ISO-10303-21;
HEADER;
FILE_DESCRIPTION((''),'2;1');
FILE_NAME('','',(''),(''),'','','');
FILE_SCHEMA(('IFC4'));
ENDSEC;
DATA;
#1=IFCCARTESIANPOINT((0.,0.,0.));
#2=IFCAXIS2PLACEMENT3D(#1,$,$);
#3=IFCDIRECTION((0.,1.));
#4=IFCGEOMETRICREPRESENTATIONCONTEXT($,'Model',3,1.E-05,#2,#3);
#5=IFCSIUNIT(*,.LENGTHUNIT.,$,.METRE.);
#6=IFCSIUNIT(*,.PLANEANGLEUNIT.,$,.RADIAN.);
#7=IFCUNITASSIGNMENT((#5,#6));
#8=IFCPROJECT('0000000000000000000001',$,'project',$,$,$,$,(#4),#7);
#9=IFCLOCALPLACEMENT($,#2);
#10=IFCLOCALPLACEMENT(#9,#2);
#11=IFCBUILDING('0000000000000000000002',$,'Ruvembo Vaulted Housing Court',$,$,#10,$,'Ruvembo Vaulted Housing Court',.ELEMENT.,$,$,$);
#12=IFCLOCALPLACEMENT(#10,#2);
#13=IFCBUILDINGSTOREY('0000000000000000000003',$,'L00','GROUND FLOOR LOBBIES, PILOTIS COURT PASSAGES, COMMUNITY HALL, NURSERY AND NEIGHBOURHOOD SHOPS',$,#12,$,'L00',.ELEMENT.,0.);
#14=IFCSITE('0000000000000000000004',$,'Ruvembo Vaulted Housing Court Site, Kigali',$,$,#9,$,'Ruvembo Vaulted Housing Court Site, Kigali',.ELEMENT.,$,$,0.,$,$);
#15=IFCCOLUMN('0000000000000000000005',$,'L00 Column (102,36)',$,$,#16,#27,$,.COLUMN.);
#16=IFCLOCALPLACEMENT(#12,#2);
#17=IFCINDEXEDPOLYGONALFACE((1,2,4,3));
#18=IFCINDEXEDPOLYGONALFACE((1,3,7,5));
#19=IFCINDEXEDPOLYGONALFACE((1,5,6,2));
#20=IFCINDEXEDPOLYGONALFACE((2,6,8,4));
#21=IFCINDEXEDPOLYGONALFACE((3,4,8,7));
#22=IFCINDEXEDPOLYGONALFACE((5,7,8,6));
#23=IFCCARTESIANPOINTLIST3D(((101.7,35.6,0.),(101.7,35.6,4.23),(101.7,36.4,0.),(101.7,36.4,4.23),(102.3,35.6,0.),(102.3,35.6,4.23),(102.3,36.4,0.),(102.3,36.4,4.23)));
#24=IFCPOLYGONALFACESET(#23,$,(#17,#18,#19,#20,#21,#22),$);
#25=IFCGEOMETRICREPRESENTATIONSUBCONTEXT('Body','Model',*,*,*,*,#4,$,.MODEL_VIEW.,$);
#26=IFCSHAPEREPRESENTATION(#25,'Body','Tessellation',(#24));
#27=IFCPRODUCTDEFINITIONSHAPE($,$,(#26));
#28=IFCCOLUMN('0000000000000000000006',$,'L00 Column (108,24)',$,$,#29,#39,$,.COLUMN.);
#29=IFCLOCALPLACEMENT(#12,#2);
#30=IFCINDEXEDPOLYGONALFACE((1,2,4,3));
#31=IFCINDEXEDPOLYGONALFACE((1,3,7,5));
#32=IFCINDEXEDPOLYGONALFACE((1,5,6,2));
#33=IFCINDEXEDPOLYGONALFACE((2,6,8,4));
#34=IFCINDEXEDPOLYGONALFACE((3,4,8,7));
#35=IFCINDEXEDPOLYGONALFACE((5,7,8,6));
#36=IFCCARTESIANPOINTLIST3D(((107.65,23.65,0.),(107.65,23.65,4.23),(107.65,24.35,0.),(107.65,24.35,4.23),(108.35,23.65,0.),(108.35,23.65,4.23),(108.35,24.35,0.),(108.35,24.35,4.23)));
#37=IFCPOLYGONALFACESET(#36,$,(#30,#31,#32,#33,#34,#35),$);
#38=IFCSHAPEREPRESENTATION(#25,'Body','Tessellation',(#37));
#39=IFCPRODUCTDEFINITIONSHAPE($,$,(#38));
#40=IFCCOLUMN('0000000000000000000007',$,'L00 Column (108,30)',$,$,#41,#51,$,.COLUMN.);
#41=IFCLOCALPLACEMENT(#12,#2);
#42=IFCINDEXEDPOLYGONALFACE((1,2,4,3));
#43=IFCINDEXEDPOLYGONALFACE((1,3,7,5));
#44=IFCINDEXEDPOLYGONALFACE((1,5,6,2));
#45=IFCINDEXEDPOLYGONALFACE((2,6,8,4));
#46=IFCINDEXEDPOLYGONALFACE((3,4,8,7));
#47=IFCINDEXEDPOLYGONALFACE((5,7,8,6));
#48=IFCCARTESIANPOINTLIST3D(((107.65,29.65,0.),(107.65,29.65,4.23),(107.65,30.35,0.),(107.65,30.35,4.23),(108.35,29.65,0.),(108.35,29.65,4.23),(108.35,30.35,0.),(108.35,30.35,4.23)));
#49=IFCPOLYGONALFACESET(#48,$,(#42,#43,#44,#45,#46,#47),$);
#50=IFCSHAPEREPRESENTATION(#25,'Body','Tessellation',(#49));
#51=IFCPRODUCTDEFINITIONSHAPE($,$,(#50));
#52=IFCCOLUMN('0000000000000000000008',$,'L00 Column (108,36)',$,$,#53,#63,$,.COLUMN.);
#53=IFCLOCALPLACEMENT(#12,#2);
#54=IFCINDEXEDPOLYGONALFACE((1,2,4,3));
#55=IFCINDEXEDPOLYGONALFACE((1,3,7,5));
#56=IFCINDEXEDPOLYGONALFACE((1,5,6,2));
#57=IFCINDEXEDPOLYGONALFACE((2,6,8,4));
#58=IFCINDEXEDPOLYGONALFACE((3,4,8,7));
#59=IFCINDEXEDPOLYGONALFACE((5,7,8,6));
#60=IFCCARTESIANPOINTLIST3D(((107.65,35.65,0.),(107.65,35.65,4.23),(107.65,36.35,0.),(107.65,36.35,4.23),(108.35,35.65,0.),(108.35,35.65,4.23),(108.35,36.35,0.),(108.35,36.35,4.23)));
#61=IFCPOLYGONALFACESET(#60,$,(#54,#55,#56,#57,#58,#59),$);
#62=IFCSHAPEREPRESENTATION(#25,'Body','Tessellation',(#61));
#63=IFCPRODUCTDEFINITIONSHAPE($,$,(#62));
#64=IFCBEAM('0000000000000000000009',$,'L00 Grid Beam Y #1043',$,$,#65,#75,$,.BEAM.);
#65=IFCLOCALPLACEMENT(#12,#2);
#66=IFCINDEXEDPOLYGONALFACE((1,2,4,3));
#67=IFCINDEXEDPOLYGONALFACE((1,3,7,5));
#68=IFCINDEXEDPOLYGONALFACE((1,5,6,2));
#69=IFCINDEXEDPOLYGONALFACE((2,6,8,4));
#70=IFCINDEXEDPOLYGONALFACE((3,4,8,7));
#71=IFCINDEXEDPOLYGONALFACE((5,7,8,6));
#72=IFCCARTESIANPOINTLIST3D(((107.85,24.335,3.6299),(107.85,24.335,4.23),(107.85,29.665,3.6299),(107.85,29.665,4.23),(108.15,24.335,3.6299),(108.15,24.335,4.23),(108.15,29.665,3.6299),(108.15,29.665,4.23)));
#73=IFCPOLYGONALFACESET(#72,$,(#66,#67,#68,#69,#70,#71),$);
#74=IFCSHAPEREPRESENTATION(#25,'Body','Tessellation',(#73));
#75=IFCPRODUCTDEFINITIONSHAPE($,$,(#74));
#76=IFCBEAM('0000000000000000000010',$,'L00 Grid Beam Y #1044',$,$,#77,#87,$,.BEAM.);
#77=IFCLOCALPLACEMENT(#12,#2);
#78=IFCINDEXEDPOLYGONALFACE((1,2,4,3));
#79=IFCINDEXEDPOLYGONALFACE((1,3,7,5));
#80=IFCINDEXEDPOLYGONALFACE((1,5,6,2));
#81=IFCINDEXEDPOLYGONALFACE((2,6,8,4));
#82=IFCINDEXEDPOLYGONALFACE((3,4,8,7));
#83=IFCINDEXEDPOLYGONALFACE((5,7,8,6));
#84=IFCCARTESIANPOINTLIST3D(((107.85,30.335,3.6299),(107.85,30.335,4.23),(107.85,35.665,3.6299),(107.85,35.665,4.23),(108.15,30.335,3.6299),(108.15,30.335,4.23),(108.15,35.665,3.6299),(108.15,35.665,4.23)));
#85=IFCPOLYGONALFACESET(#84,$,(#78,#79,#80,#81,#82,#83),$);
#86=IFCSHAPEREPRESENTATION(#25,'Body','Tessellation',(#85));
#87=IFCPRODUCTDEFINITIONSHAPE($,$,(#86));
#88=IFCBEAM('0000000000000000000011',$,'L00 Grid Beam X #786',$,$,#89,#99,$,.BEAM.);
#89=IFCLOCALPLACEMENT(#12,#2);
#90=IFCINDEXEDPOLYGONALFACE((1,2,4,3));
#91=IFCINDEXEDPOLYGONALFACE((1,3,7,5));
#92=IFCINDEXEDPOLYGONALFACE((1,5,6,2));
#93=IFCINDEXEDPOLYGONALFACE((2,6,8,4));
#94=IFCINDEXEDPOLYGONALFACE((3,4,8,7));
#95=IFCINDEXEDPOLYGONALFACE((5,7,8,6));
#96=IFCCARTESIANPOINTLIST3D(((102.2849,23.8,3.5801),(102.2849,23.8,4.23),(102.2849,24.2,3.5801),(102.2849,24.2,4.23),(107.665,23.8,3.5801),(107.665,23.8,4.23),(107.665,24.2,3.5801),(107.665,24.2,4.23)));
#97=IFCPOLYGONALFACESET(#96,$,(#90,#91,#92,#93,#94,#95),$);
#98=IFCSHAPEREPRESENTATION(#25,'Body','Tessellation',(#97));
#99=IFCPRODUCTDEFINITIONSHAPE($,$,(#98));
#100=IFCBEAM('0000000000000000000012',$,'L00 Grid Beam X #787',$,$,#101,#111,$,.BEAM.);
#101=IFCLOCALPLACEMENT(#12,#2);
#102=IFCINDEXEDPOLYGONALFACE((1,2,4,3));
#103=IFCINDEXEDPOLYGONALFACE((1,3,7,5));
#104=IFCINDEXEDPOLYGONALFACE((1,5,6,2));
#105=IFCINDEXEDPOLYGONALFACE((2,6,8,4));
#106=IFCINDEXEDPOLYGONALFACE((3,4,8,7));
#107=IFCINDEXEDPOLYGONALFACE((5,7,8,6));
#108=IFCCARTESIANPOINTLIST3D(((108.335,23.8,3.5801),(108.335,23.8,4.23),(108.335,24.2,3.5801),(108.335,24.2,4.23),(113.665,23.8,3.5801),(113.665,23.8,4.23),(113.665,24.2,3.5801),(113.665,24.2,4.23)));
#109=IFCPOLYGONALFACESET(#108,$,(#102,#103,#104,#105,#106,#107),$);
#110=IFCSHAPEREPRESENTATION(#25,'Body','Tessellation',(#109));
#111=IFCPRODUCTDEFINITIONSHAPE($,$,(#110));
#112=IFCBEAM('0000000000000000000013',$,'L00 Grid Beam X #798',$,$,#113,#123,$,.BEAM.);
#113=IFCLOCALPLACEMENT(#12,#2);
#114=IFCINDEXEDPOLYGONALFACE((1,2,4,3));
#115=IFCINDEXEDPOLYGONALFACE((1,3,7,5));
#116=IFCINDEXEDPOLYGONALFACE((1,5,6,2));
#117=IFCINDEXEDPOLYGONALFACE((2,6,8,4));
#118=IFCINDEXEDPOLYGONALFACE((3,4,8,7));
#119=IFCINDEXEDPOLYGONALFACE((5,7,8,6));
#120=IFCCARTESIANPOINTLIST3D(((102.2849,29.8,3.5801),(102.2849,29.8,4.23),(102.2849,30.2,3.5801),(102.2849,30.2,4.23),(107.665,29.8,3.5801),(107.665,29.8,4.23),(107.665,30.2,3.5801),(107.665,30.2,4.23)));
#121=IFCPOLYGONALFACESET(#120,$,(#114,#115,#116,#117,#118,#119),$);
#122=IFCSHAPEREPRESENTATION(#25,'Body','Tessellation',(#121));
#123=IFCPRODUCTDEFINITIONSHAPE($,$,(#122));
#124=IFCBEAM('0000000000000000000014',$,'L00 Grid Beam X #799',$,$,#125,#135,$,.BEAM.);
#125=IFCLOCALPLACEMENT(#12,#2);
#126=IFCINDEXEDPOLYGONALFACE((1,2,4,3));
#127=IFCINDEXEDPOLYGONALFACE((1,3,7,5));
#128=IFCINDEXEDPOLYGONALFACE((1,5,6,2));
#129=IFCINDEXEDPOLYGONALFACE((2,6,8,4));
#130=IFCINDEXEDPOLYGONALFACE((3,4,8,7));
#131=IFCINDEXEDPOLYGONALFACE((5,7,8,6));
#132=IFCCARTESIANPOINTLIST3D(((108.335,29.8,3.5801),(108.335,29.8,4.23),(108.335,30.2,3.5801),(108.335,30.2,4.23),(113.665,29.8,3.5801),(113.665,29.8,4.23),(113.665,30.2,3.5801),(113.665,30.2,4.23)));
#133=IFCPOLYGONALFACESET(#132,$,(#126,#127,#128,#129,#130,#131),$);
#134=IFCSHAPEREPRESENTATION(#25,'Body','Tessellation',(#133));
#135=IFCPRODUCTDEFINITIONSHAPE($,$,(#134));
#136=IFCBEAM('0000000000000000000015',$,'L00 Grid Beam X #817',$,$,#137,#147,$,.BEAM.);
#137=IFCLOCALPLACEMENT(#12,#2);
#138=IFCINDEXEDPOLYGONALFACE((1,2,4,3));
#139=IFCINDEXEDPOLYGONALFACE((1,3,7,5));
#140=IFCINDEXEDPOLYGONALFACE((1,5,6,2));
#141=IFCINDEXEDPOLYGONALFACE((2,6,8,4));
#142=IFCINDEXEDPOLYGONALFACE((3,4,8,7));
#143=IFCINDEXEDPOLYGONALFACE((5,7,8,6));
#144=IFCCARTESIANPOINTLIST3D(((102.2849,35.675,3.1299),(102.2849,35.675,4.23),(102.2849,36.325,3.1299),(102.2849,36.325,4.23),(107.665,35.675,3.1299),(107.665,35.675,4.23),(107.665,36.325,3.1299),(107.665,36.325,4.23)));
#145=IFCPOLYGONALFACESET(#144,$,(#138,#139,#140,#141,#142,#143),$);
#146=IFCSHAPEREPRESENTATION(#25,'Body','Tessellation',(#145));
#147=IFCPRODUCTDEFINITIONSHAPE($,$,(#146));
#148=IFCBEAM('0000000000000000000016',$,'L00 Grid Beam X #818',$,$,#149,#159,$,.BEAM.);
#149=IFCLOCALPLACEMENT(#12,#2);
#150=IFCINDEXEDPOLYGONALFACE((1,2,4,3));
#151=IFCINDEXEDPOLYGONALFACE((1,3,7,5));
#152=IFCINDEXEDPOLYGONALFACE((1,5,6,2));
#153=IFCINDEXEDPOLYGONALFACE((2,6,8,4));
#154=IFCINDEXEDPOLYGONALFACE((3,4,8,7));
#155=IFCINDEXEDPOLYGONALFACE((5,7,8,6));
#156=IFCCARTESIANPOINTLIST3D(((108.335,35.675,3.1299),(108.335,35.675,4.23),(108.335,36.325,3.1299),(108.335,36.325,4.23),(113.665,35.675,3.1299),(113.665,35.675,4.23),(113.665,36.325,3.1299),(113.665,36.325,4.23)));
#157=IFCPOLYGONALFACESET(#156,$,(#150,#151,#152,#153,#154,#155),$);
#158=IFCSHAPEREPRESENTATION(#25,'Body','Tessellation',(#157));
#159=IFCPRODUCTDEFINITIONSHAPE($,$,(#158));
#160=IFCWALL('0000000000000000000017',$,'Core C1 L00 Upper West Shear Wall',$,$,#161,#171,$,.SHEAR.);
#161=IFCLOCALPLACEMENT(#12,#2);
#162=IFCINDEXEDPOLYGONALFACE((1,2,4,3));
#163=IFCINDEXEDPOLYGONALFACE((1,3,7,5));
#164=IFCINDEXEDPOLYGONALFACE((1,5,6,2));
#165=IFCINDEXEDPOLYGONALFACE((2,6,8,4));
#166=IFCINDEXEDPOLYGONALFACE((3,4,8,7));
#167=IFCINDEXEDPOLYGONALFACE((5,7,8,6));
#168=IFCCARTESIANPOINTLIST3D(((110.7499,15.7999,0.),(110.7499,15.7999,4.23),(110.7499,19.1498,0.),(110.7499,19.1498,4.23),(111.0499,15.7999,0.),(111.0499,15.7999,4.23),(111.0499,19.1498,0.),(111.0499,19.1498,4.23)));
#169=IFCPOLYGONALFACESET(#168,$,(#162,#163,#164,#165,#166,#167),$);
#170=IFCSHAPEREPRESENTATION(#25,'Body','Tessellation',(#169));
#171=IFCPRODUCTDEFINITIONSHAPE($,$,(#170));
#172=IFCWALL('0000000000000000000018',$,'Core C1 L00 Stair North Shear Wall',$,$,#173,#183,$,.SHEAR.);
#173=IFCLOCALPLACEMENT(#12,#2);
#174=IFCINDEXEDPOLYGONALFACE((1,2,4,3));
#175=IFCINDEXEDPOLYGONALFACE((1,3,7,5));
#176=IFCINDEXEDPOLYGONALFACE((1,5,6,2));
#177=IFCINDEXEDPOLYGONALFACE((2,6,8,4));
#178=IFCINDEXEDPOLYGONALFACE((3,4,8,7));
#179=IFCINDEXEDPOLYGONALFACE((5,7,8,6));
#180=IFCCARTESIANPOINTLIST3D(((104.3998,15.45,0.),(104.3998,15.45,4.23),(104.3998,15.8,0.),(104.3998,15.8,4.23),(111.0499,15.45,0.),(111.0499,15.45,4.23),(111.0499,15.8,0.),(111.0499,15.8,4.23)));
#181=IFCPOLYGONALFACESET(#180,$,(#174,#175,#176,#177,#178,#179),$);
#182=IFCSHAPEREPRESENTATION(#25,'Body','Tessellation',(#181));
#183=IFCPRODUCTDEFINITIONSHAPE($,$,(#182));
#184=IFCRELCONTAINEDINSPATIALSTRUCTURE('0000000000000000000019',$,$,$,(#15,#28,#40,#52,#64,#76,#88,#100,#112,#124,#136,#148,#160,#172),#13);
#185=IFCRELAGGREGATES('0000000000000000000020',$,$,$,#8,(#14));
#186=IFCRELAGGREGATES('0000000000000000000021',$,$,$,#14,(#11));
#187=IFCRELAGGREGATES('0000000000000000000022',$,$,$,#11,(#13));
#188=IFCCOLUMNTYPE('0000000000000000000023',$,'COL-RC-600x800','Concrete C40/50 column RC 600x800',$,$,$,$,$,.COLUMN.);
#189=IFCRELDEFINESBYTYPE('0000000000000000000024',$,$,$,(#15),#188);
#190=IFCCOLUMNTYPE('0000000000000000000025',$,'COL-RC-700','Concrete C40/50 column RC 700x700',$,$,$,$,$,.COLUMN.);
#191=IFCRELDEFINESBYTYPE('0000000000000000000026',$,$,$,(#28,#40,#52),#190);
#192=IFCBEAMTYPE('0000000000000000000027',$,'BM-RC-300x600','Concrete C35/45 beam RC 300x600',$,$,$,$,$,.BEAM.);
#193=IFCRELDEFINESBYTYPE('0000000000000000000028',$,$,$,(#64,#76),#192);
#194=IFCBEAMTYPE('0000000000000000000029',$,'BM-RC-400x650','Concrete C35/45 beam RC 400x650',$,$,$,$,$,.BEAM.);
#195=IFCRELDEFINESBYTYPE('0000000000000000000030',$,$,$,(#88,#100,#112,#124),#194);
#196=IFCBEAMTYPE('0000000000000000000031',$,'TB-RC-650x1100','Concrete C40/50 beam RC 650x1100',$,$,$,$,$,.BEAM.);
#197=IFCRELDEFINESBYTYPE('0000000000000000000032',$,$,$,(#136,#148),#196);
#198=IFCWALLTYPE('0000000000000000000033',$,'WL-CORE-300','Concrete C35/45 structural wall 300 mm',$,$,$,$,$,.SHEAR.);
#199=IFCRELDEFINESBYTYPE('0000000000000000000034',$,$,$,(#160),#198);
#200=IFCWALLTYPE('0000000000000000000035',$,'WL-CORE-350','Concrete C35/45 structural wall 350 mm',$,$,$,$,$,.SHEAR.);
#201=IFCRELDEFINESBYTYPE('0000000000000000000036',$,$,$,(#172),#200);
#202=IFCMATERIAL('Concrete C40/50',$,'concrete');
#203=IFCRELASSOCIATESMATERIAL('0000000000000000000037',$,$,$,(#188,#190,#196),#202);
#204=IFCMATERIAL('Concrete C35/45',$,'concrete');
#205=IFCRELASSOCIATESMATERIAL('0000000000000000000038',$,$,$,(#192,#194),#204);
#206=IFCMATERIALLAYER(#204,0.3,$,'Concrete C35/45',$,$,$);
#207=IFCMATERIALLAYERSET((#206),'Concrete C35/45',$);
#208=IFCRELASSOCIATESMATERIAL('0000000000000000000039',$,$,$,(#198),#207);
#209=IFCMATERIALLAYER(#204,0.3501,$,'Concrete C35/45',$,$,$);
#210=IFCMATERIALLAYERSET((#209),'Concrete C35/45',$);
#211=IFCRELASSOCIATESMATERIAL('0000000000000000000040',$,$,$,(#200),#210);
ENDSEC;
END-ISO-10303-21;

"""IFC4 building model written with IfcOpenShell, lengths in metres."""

from ifc_helpers import new_model, si_unit, direction, frame, frame_2d, origin, origin_2d, place, context, subcontext, project, spatial, rectangle, extrude, material, layer, layer_set, material_profile, profile_set, type_object, element, save


model = new_model("IFC4")

# Units and contexts
model_context = context("Model", 3, precision=1e-05, world=origin(), true_north=direction((0.0, 1.0)))
body_context = subcontext(model_context, "Body", "Model", "MODEL_VIEW")
ifc_project = project(units=[si_unit("LENGTHUNIT", "METRE"), si_unit("PLANEANGLEUNIT", "RADIAN")], contexts=[model_context])

# Site, building, storey
site_placement = place(None, origin())
site = spatial("IfcSite", under=ifc_project, at=site_placement, Name="Ruvembo Vaulted Housing Court Site, Kigali", LongName="Ruvembo Vaulted Housing Court Site, Kigali", CompositionType="ELEMENT", RefElevation=0.0)
building_placement = place(site_placement, origin())
building = spatial("IfcBuilding", under=site, at=building_placement, Name="Ruvembo Vaulted Housing Court", LongName="Ruvembo Vaulted Housing Court", CompositionType="ELEMENT")
storey_placement = place(building_placement, origin())
storey = spatial("IfcBuildingStorey", under=building, at=storey_placement, Name="L00", Description="GROUND FLOOR LOBBIES, PILOTIS COURT PASSAGES, COMMUNITY HALL, NURSERY AND NEIGHBOURHOOD SHOPS", LongName="L00", CompositionType="ELEMENT", Elevation=0.0)

# Columns
ifc_material_1 = material(Name="Concrete C40/50", Category="concrete")
ifc_material_profile_1 = material_profile(ifc_material_1, rectangle(XDim=0.6001, YDim=0.8, at=origin_2d()), Name="RC 600x800")
ifc_profile_set_1 = profile_set([ifc_material_profile_1], Name="Concrete C40/50")
column_type_1 = type_object("IfcColumnType", Name="COL-RC-600x800", Description="Concrete C40/50 column RC 600x800", PredefinedType="COLUMN", material=ifc_profile_set_1)
column_placement = place(storey_placement, frame((102.0, 36.0, 0.0), z_axis=(0.0, 0.0, 1.0), x_axis=(1.0, 0.0, 0.0)))
element("IfcColumn", 1, at=column_placement, inside=storey, type_object=column_type_1, Name="L00 Column (102,36)", PredefinedType="COLUMN", context=body_context, shape_type="SweptSolid", body=[
    extrude(rectangle(XDim=0.6001, YDim=0.8, at=origin_2d()), origin(), (0.0, 0.0, 1.0), 4.23),
])
ifc_material_profile_2 = material_profile(ifc_material_1, rectangle(XDim=0.7, YDim=0.7, at=origin_2d()), Name="RC 700x700")
ifc_profile_set_2 = profile_set([ifc_material_profile_2], Name="Concrete C40/50")
column_type_2 = type_object("IfcColumnType", Name="COL-RC-700", Description="Concrete C40/50 column RC 700x700", PredefinedType="COLUMN", material=ifc_profile_set_2)
for number, where, z_axis, x_axis, name in (
    (2, (108.0, 24.0, 0.0), (0.0, 0.0, 1.0), (1.0, 0.0, 0.0), "L00 Column (108,24)"),
    (3, (108.0, 30.0, 0.0), (0.0, 0.0, 1.0), (1.0, 0.0, 0.0), "L00 Column (108,30)"),
    (4, (108.0, 36.0, 0.0), (0.0, 0.0, 1.0), (1.0, 0.0, 0.0), "L00 Column (108,36)"),
):
    element("IfcColumn", number, at=place(storey_placement, frame(where, z_axis=z_axis, x_axis=x_axis)), inside=storey, type_object=column_type_2, Name=name, PredefinedType="COLUMN", context=body_context, shape_type="SweptSolid", body=[
        extrude(rectangle(XDim=0.7, YDim=0.7, at=origin_2d()), origin(), (0.0, 0.0, 1.0), 4.23),
    ])

# Beams
ifc_material_2 = material(Name="Concrete C35/45", Category="concrete")
ifc_material_profile_3 = material_profile(ifc_material_2, rectangle(XDim=0.3, YDim=0.6001, at=origin_2d()), Name="RC 300x600")
ifc_profile_set_3 = profile_set([ifc_material_profile_3], Name="Concrete C35/45")
beam_type_1 = type_object("IfcBeamType", Name="BM-RC-300x600", Description="Concrete C35/45 beam RC 300x600", PredefinedType="BEAM", material=ifc_profile_set_3)
for number, where, z_axis, x_axis, name in (
    (5, (108.0, 24.335, 3.9299), (0.0, 1.0, 0.0), (-1.0, 0.0, 0.0), "L00 Grid Beam Y #1043"),
    (6, (108.0, 30.335, 3.9299), (0.0, 1.0, 0.0), (-1.0, 0.0, 0.0), "L00 Grid Beam Y #1044"),
):
    element("IfcBeam", number, at=place(storey_placement, frame(where, z_axis=z_axis, x_axis=x_axis)), inside=storey, type_object=beam_type_1, Name=name, PredefinedType="BEAM", context=body_context, shape_type="SweptSolid", body=[
        extrude(rectangle(XDim=0.3, YDim=0.6001, at=origin_2d()), origin(), (0.0, 0.0, 1.0), 5.3301),
    ])
ifc_material_profile_4 = material_profile(ifc_material_2, rectangle(XDim=0.3999, YDim=0.6499, at=origin_2d()), Name="RC 400x650")
ifc_profile_set_4 = profile_set([ifc_material_profile_4], Name="Concrete C35/45")
beam_type_2 = type_object("IfcBeamType", Name="BM-RC-400x650", Description="Concrete C35/45 beam RC 400x650", PredefinedType="BEAM", material=ifc_profile_set_4)
beam_1_placement = place(storey_placement, frame((102.2849, 24.0, 3.905), z_axis=(1.0, 0.0, 0.0), x_axis=(0.0, 1.0, 0.0)))
element("IfcBeam", 7, at=beam_1_placement, inside=storey, type_object=beam_type_2, Name="L00 Grid Beam X #786", PredefinedType="BEAM", context=body_context, shape_type="SweptSolid", body=[
    extrude(rectangle(XDim=0.3999, YDim=0.6499, at=origin_2d()), origin(), (0.0, 0.0, 1.0), 5.3801),
])
beam_2_placement = place(storey_placement, frame((108.335, 24.0, 3.905), z_axis=(1.0, 0.0, 0.0), x_axis=(0.0, 1.0, 0.0)))
element("IfcBeam", 8, at=beam_2_placement, inside=storey, type_object=beam_type_2, Name="L00 Grid Beam X #787", PredefinedType="BEAM", context=body_context, shape_type="SweptSolid", body=[
    extrude(rectangle(XDim=0.3999, YDim=0.6499, at=origin_2d()), origin(), (0.0, 0.0, 1.0), 5.3301),
])
beam_3_placement = place(storey_placement, frame((102.2849, 30.0, 3.905), z_axis=(1.0, 0.0, 0.0), x_axis=(0.0, 1.0, 0.0)))
element("IfcBeam", 9, at=beam_3_placement, inside=storey, type_object=beam_type_2, Name="L00 Grid Beam X #798", PredefinedType="BEAM", context=body_context, shape_type="SweptSolid", body=[
    extrude(rectangle(XDim=0.3999, YDim=0.6499, at=origin_2d()), origin(), (0.0, 0.0, 1.0), 5.3801),
])
beam_4_placement = place(storey_placement, frame((108.335, 30.0, 3.905), z_axis=(1.0, 0.0, 0.0), x_axis=(0.0, 1.0, 0.0)))
element("IfcBeam", 10, at=beam_4_placement, inside=storey, type_object=beam_type_2, Name="L00 Grid Beam X #799", PredefinedType="BEAM", context=body_context, shape_type="SweptSolid", body=[
    extrude(rectangle(XDim=0.3999, YDim=0.6499, at=origin_2d()), origin(), (0.0, 0.0, 1.0), 5.3301),
])
ifc_material_profile_5 = material_profile(ifc_material_1, rectangle(XDim=0.6499, YDim=1.1001, at=origin_2d()), Name="RC 650x1100")
ifc_profile_set_5 = profile_set([ifc_material_profile_5], Name="Concrete C40/50")
beam_type_3 = type_object("IfcBeamType", Name="TB-RC-650x1100", Description="Concrete C40/50 beam RC 650x1100", PredefinedType="BEAM", material=ifc_profile_set_5)
beam_5_placement = place(storey_placement, frame((102.2849, 36.0, 3.6799), z_axis=(1.0, 0.0, 0.0), x_axis=(0.0, 1.0, 0.0)))
element("IfcBeam", 11, at=beam_5_placement, inside=storey, type_object=beam_type_3, Name="L00 Grid Beam X #817", PredefinedType="BEAM", context=body_context, shape_type="SweptSolid", body=[
    extrude(rectangle(XDim=0.6499, YDim=1.1001, at=origin_2d()), origin(), (0.0, 0.0, 1.0), 5.3801),
])
beam_6_placement = place(storey_placement, frame((108.335, 36.0, 3.6799), z_axis=(1.0, 0.0, 0.0), x_axis=(0.0, 1.0, 0.0)))
element("IfcBeam", 12, at=beam_6_placement, inside=storey, type_object=beam_type_3, Name="L00 Grid Beam X #818", PredefinedType="BEAM", context=body_context, shape_type="SweptSolid", body=[
    extrude(rectangle(XDim=0.6499, YDim=1.1001, at=origin_2d()), origin(), (0.0, 0.0, 1.0), 5.3301),
])

# Walls
ifc_layer_1 = layer(ifc_material_2, 0.3, Name="Concrete C35/45")
ifc_layer_set_1 = layer_set([ifc_layer_1], Name="Concrete C35/45")
wall_type_1 = type_object("IfcWallType", Name="WL-CORE-300", Description="Concrete C35/45 structural wall 300 mm", PredefinedType="SHEAR", material=ifc_layer_set_1)
wall_1_placement = place(storey_placement, frame((110.8999, 15.8, 0.0), z_axis=(0.0, 0.0, 1.0), x_axis=(0.0, 1.0, 0.0)))
element("IfcWall", 13, at=wall_1_placement, inside=storey, type_object=wall_type_1, Name="Core C1 L00 Upper West Shear Wall", PredefinedType="SHEAR", context=body_context, shape_type="SweptSolid", body=[
    extrude(rectangle(XDim=3.3499, YDim=0.3, at=frame_2d((1.6748, 0.0))), origin(), (0.0, 0.0, 1.0), 4.23),
])
ifc_layer_2 = layer(ifc_material_2, 0.3501, Name="Concrete C35/45")
ifc_layer_set_2 = layer_set([ifc_layer_2], Name="Concrete C35/45")
wall_type_2 = type_object("IfcWallType", Name="WL-CORE-350", Description="Concrete C35/45 structural wall 350 mm", PredefinedType="SHEAR", material=ifc_layer_set_2)
wall_2_placement = place(storey_placement, frame((111.05, 15.625, 0.0), z_axis=(0.0, 0.0, 1.0), x_axis=(-1.0, 0.0, 0.0)))
element("IfcWall", 14, at=wall_2_placement, inside=storey, type_object=wall_type_2, Name="Core C1 L00 Stair North Shear Wall", PredefinedType="SHEAR", context=body_context, shape_type="SweptSolid", body=[
    extrude(rectangle(XDim=6.6501, YDim=0.3501, at=frame_2d((3.3252, 0.0))), origin(), (0.0, 0.0, 1.0), 4.23),
])

save(model, "model.ifc")
